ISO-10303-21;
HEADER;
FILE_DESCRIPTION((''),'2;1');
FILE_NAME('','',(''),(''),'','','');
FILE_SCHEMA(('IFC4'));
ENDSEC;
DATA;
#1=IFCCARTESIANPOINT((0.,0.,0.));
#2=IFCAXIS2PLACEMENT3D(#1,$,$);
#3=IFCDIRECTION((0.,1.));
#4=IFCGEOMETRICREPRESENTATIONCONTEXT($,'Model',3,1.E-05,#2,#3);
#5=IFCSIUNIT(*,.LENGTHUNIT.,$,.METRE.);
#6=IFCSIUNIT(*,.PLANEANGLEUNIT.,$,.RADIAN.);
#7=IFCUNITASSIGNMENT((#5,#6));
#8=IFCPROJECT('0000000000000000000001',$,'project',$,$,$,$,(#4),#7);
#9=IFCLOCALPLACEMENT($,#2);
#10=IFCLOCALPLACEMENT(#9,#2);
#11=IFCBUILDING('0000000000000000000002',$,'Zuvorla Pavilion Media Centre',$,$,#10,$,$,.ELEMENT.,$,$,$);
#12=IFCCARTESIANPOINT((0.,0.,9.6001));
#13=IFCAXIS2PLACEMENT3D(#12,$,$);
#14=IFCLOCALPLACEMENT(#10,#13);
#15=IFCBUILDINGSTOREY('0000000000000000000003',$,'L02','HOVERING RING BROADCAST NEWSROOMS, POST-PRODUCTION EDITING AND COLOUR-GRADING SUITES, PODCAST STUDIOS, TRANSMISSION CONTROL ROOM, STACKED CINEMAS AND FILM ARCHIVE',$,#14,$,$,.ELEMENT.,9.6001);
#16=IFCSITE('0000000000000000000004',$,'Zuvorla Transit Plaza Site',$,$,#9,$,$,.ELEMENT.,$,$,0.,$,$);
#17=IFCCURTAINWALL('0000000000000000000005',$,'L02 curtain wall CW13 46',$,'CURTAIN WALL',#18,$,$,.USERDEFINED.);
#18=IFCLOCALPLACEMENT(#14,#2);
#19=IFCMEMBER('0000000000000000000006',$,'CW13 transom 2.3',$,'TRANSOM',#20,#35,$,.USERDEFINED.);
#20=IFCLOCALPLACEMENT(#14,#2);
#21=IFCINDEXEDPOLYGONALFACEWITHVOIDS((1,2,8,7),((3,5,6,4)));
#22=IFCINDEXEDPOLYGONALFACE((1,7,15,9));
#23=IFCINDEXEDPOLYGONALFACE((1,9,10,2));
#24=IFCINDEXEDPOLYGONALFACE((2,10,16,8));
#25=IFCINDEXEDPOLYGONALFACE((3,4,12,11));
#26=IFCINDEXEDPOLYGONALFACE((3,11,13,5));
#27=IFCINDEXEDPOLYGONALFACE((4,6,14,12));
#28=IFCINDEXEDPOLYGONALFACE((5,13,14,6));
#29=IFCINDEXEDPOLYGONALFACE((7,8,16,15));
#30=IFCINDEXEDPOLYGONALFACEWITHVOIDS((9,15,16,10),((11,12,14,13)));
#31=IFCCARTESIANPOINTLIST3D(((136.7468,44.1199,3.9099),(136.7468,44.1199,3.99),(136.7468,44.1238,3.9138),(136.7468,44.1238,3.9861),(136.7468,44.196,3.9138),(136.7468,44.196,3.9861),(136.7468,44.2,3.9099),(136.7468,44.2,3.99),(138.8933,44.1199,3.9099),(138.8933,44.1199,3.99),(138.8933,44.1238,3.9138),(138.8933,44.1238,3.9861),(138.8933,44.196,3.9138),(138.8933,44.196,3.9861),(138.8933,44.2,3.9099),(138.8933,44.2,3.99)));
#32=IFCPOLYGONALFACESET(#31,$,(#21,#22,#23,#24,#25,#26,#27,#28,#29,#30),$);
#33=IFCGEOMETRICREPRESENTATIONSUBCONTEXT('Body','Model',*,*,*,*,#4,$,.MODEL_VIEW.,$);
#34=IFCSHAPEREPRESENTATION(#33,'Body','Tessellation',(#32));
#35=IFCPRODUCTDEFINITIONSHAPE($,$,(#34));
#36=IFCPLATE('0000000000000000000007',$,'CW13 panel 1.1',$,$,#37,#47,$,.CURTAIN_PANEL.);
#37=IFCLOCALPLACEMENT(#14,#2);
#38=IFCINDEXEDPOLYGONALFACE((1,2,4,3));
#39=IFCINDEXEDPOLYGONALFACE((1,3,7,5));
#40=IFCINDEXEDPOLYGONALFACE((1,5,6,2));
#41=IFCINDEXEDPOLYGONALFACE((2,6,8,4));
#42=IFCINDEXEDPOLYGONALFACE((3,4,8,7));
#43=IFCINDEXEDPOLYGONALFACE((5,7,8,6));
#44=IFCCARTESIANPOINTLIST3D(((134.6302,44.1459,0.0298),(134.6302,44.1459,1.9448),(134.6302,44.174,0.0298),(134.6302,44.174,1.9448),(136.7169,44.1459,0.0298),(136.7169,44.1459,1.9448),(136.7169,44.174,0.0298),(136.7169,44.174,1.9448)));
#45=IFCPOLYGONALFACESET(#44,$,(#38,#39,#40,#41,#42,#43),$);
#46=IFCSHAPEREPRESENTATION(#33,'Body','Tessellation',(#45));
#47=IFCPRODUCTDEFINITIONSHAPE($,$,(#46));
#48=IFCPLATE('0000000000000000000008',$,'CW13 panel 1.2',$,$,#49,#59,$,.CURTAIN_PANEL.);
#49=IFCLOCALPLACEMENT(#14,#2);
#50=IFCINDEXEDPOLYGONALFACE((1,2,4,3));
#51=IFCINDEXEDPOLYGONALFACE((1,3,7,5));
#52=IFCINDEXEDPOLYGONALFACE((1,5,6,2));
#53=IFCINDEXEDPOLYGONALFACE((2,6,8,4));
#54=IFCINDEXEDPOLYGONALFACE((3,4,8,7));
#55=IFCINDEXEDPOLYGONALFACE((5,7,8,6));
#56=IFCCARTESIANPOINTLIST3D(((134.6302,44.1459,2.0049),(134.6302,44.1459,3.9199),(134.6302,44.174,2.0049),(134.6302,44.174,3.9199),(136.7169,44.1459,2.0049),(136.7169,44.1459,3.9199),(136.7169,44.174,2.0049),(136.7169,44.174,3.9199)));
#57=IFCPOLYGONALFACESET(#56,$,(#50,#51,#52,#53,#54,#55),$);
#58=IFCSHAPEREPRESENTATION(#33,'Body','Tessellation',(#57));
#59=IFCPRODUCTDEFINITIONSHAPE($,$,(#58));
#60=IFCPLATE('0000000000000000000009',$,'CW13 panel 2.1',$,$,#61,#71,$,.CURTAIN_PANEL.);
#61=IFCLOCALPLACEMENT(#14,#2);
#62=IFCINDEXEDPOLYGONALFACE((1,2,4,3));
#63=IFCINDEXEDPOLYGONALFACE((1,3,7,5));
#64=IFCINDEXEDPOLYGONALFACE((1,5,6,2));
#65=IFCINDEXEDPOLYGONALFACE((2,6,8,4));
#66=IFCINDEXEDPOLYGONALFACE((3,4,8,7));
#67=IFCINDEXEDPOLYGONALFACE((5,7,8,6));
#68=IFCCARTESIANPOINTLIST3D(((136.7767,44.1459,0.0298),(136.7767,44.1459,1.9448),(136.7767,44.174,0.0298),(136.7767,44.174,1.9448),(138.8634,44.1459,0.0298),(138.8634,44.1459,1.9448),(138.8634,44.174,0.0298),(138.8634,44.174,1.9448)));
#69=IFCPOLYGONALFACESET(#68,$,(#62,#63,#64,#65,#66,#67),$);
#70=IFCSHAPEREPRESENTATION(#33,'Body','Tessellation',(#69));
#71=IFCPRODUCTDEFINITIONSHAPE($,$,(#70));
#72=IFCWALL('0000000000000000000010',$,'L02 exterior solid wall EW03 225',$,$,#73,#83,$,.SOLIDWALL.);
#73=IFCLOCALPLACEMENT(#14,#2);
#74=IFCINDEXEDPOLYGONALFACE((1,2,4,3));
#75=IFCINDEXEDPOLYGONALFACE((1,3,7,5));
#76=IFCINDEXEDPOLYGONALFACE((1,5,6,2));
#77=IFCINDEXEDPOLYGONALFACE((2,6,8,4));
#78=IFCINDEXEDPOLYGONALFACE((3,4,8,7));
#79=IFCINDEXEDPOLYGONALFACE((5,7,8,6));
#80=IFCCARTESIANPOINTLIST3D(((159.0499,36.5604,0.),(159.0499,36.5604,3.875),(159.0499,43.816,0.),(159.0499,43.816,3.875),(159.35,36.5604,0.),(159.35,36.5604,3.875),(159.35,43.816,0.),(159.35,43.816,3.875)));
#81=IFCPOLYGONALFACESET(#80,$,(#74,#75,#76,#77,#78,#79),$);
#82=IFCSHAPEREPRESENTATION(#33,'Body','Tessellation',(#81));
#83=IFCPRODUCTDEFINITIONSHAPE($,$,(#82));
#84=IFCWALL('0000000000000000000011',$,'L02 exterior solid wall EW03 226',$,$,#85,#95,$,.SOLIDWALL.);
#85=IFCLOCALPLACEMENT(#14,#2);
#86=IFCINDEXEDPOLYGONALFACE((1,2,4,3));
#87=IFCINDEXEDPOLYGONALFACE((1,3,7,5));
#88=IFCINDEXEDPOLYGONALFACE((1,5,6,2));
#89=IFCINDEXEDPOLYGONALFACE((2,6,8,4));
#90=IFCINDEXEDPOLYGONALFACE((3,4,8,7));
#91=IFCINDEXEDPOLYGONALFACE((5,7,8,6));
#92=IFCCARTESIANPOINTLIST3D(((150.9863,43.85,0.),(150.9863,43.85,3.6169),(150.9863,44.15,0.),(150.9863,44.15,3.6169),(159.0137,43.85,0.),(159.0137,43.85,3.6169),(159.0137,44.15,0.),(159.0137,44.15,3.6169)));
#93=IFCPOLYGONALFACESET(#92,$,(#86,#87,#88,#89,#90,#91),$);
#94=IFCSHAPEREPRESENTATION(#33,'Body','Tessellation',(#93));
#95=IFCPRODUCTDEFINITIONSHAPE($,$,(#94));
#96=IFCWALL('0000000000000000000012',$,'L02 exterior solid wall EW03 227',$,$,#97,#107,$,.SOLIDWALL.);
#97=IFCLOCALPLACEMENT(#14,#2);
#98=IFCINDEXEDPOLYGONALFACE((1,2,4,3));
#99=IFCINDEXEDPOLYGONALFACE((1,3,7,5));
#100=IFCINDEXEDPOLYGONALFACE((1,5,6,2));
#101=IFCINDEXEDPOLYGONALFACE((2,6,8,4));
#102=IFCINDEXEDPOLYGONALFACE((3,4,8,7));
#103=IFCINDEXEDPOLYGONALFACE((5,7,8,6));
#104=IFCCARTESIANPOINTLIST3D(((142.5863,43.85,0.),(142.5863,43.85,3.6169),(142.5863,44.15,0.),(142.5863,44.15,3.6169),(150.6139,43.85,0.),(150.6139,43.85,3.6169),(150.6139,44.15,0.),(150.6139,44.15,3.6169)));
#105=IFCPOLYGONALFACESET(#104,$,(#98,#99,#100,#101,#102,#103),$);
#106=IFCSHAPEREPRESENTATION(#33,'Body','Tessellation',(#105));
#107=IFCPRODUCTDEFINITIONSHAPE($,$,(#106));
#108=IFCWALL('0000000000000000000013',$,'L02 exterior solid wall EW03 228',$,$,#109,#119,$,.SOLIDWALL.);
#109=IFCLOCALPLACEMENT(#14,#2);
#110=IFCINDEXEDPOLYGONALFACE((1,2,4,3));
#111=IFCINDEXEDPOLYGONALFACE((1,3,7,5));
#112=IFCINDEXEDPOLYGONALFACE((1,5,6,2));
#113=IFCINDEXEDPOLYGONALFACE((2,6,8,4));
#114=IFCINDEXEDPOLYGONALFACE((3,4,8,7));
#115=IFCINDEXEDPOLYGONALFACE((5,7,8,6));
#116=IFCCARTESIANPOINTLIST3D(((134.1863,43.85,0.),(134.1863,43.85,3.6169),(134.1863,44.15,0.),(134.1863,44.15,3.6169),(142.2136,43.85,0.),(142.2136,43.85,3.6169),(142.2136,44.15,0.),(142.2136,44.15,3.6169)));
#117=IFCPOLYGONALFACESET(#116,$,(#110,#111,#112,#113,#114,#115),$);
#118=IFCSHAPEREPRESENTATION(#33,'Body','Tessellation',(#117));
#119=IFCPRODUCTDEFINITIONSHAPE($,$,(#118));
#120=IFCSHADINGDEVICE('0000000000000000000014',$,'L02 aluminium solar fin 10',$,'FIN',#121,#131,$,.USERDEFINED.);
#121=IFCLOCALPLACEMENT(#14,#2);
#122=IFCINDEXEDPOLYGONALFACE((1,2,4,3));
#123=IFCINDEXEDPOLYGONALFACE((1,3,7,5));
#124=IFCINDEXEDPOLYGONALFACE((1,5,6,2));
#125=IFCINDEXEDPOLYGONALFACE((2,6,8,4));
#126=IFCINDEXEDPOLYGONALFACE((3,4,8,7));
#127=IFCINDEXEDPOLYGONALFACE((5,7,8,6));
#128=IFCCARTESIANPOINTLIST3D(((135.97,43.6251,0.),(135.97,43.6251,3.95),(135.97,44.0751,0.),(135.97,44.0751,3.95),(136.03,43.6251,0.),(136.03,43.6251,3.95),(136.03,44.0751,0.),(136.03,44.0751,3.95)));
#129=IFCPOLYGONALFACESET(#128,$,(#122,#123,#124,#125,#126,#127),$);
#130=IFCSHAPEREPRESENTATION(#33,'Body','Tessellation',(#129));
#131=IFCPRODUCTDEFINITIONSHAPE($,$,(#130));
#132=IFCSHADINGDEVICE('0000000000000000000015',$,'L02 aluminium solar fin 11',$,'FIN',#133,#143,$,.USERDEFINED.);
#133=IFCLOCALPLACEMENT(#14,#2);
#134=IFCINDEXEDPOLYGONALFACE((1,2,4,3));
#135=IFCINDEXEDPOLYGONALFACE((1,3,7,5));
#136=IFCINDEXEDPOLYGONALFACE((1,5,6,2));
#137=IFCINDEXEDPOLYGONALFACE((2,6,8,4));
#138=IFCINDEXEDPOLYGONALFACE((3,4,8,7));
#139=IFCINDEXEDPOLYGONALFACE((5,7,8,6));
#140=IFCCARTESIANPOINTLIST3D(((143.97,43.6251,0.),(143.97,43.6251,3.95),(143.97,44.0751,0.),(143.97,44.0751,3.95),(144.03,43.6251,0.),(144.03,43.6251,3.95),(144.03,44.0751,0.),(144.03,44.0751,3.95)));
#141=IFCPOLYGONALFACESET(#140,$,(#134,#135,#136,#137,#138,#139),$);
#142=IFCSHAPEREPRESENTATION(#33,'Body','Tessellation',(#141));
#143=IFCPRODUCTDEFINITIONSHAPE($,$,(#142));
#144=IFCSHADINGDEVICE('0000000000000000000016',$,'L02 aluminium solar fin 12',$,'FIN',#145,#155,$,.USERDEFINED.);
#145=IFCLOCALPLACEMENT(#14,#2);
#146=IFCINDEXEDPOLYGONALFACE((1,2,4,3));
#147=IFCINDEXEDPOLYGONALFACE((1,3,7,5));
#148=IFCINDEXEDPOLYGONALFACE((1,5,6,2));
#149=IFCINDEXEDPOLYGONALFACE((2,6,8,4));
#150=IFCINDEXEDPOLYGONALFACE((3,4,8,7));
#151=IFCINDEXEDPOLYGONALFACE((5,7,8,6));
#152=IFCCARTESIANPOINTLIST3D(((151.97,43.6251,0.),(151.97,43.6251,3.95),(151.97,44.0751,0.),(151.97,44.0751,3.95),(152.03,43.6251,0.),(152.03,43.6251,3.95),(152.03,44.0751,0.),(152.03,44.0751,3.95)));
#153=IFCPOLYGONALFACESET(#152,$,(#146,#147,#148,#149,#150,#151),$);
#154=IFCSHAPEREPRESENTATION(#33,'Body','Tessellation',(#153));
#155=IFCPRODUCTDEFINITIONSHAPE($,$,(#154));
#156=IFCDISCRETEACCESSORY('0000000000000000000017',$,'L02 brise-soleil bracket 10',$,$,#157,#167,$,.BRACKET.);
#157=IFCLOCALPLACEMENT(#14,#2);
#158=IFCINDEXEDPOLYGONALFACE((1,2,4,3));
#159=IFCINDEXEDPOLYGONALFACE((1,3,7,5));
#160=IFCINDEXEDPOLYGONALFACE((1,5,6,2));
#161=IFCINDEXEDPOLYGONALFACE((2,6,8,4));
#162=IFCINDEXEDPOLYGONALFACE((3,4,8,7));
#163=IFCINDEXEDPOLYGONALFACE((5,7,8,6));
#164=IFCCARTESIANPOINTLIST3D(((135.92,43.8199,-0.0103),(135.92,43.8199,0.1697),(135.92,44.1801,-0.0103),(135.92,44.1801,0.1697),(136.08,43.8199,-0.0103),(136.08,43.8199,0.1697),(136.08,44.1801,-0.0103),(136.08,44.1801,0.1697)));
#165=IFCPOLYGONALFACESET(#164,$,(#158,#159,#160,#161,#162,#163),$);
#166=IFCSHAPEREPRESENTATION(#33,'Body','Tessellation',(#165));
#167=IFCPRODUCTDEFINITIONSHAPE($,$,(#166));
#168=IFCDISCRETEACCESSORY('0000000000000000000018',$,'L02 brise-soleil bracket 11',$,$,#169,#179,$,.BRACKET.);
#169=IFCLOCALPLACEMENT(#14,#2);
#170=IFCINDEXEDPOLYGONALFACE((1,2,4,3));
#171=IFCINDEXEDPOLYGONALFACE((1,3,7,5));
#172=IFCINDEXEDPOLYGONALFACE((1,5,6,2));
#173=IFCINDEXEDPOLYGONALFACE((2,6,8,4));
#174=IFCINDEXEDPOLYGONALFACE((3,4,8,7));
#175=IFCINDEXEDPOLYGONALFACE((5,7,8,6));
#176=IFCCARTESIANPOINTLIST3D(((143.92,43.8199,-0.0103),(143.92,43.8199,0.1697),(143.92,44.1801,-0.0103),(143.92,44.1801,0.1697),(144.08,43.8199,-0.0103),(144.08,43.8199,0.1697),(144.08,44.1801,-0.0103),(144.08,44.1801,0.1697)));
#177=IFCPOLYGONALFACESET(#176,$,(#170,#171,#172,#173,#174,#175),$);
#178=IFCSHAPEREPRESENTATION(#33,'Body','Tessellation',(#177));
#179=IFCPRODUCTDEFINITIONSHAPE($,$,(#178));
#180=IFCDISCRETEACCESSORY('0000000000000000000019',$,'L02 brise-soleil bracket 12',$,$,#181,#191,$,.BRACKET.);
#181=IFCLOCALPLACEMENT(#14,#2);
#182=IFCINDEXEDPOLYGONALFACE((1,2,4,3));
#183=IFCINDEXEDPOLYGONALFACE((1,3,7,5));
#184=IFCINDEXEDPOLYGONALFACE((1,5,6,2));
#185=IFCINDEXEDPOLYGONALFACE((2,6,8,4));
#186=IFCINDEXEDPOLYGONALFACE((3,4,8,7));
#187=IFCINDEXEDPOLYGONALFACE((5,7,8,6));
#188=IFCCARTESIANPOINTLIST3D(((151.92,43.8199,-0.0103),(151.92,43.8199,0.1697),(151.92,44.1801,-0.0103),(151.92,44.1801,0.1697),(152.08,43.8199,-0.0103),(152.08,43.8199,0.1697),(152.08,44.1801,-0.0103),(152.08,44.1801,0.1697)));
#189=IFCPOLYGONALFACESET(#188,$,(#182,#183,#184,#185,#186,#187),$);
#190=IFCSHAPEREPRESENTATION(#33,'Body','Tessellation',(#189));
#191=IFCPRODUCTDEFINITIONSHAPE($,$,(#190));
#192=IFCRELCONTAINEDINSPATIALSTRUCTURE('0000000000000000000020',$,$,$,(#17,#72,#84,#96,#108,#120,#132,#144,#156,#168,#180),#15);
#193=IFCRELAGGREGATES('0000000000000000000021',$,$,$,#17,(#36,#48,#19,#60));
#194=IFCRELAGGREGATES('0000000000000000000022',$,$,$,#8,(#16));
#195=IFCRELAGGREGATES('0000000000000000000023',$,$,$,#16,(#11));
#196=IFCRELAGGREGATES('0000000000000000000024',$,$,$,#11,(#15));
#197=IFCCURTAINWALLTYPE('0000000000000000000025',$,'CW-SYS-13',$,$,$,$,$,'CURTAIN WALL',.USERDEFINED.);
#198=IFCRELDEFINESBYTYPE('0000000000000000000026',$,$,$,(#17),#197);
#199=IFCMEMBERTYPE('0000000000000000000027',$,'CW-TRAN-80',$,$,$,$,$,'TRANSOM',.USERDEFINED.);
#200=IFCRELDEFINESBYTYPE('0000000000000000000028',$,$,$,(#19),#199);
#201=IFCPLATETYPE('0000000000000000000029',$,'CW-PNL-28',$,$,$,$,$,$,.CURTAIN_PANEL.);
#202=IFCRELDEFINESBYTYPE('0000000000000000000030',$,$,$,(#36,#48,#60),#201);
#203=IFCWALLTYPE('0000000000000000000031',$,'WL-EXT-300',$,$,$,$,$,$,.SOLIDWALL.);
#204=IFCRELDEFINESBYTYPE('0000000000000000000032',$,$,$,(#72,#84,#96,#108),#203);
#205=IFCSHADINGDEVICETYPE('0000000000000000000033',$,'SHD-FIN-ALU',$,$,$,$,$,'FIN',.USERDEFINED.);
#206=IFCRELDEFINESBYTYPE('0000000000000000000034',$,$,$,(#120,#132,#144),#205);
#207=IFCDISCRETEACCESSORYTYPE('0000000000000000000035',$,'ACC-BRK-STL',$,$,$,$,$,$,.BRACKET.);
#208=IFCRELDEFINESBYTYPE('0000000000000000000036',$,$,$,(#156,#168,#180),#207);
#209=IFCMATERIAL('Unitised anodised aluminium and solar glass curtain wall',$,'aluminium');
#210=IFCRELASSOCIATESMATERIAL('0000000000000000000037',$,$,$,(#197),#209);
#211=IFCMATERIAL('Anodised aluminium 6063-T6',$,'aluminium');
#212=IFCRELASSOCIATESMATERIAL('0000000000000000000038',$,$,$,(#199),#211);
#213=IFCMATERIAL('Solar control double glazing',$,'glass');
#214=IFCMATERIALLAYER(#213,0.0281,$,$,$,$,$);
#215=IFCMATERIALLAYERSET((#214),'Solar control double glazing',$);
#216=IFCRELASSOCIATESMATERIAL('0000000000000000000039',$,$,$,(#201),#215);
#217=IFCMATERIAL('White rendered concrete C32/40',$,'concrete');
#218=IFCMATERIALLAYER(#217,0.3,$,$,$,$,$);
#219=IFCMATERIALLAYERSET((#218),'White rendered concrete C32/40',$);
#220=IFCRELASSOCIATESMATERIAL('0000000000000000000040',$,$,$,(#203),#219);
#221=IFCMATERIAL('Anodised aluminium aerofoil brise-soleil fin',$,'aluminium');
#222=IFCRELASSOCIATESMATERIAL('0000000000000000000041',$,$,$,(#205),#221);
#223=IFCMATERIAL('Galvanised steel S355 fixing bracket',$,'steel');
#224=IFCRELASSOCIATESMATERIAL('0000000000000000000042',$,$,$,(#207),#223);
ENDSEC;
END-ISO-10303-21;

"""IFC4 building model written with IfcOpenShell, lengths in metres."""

from ifc_helpers import new_model, si_unit, direction, frame, frame_2d, origin, origin_2d, place, context, subcontext, project, spatial, rectangle, hollow_rectangle, extrude, material, layer, layer_set, material_profile, profile_set, type_object, element, aggregate, save


model = new_model("IFC4")

# Units and contexts
model_context = context("Model", 3, precision=1e-05, world=origin(), true_north=direction((0.0, 1.0)))
body_context = subcontext(model_context, "Body", "Model", "MODEL_VIEW")
ifc_project = project(units=[si_unit("LENGTHUNIT", "METRE"), si_unit("PLANEANGLEUNIT", "RADIAN")], contexts=[model_context])

# Site, building, storey
site_placement = place(None, origin())
site = spatial("IfcSite", under=ifc_project, at=site_placement, Name="Zuvorla Transit Plaza Site", CompositionType="ELEMENT", RefElevation=0.0)
building_placement = place(site_placement, origin())
building = spatial("IfcBuilding", under=site, at=building_placement, Name="Zuvorla Pavilion Media Centre", CompositionType="ELEMENT")
storey_placement = place(building_placement, frame((0.0, 0.0, 9.6001)))
storey = spatial("IfcBuildingStorey", under=building, at=storey_placement, Name="L02", Description="HOVERING RING BROADCAST NEWSROOMS, POST-PRODUCTION EDITING AND COLOUR-GRADING SUITES, PODCAST STUDIOS, TRANSMISSION CONTROL ROOM, STACKED CINEMAS AND FILM ARCHIVE", CompositionType="ELEMENT", Elevation=9.6001)

# Curtain wall, member, plates
ifc_material_1 = material(Name="Unitised anodised aluminium and solar glass curtain wall", Category="aluminium")
curtain_wall_type = type_object("IfcCurtainWallType", Name="CW-SYS-13", ElementType="CURTAIN WALL", PredefinedType="USERDEFINED", material=ifc_material_1)
curtain_wall_placement = place(storey_placement, origin())
curtain_wall = element("IfcCurtainWall", 1, at=curtain_wall_placement, inside=storey, type_object=curtain_wall_type, Name="L02 curtain wall CW13 46", ObjectType="CURTAIN WALL", PredefinedType="USERDEFINED")
ifc_material_2 = material(Name="Anodised aluminium 6063-T6", Category="aluminium")
ifc_material_profile_1 = material_profile(ifc_material_2, hollow_rectangle(XDim=0.0801, YDim=0.0801, WallThickness=0.0039, at=origin_2d()), Name="ALU TRAN 80x80")
ifc_profile_set_1 = profile_set([ifc_material_profile_1], Name="Anodised aluminium 6063-T6")
member_type_1 = type_object("IfcMemberType", Name="CW-TRAN-80", ElementType="TRANSOM", PredefinedType="USERDEFINED", material=ifc_profile_set_1)
member_1_placement = place(storey_placement, frame((136.7468, 44.1599, 3.95), z_axis=(1.0, 0.0, 0.0), x_axis=(0.0, 1.0, 0.0)))
member_1 = element("IfcMember", 2, at=member_1_placement, type_object=member_type_1, Name="CW13 transom 2.3", ObjectType="TRANSOM", PredefinedType="USERDEFINED", context=body_context, shape_type="SweptSolid", body=[
    extrude(hollow_rectangle(XDim=0.0801, YDim=0.0801, WallThickness=0.0039, at=origin_2d()), origin(), (0.0, 0.0, 1.0), 2.1465),
])
ifc_material_3 = material(Name="Solar control double glazing", Category="glass")
ifc_layer_1 = layer(ifc_material_3, 0.0281)
ifc_layer_set_1 = layer_set([ifc_layer_1], Name="Solar control double glazing")
plate_type = type_object("IfcPlateType", Name="CW-PNL-28", PredefinedType="CURTAIN_PANEL", material=ifc_layer_set_1)
plate_1_placement = place(storey_placement, frame((135.6736, 44.1599, 0.0298), z_axis=(0.0, 0.0, 1.0), x_axis=(1.0, 0.0, 0.0)))
plate_1 = element("IfcPlate", 3, at=plate_1_placement, type_object=plate_type, Name="CW13 panel 1.1", PredefinedType="CURTAIN_PANEL", context=body_context, shape_type="SweptSolid", body=[
    extrude(rectangle(XDim=2.0867, YDim=0.0281, at=origin_2d()), origin(), (0.0, 0.0, 1.0), 1.915),
])
plate_2_placement = place(storey_placement, frame((135.6736, 44.1599, 2.0049), z_axis=(0.0, 0.0, 1.0), x_axis=(1.0, 0.0, 0.0)))
plate_2 = element("IfcPlate", 4, at=plate_2_placement, type_object=plate_type, Name="CW13 panel 1.2", PredefinedType="CURTAIN_PANEL", context=body_context, shape_type="SweptSolid", body=[
    extrude(rectangle(XDim=2.0867, YDim=0.0281, at=origin_2d()), origin(), (0.0, 0.0, 1.0), 1.915),
])
plate_3_placement = place(storey_placement, frame((137.8201, 44.1599, 0.0298), z_axis=(0.0, 0.0, 1.0), x_axis=(1.0, 0.0, 0.0)))
plate_3 = element("IfcPlate", 5, at=plate_3_placement, type_object=plate_type, Name="CW13 panel 2.1", PredefinedType="CURTAIN_PANEL", context=body_context, shape_type="SweptSolid", body=[
    extrude(rectangle(XDim=2.0867, YDim=0.0281, at=origin_2d()), origin(), (0.0, 0.0, 1.0), 1.915),
])
aggregate(curtain_wall, [plate_1, plate_2, member_1, plate_3])

# Walls
ifc_material_4 = material(Name="White rendered concrete C32/40", Category="concrete")
ifc_layer_2 = layer(ifc_material_4, 0.3)
ifc_layer_set_2 = layer_set([ifc_layer_2], Name="White rendered concrete C32/40")
wall_type = type_object("IfcWallType", Name="WL-EXT-300", PredefinedType="SOLIDWALL", material=ifc_layer_set_2)
wall_1_placement = place(storey_placement, frame((159.2, 36.5603, 0.0), z_axis=(0.0, 0.0, 1.0), x_axis=(0.0, 1.0, 0.0)))
element("IfcWall", 6, at=wall_1_placement, inside=storey, type_object=wall_type, Name="L02 exterior solid wall EW03 225", PredefinedType="SOLIDWALL", context=body_context, shape_type="SweptSolid", body=[
    extrude(rectangle(XDim=7.2556, YDim=0.3, at=frame_2d((3.6279, 0.0))), origin(), (0.0, 0.0, 1.0), 3.875),
])
wall_2_placement = place(storey_placement, frame((159.0137, 44.0, 0.0), z_axis=(0.0, 0.0, 1.0), x_axis=(-1.0, 0.0, 0.0)))
element("IfcWall", 7, at=wall_2_placement, inside=storey, type_object=wall_type, Name="L02 exterior solid wall EW03 226", PredefinedType="SOLIDWALL", context=body_context, shape_type="SweptSolid", body=[
    extrude(rectangle(XDim=8.0273, YDim=0.3, at=frame_2d((4.0137, 0.0))), origin(), (0.0, 0.0, 1.0), 3.6169),
])
wall_3_placement = place(storey_placement, frame((150.6138, 44.0, 0.0), z_axis=(0.0, 0.0, 1.0), x_axis=(-1.0, 0.0, 0.0)))
element("IfcWall", 8, at=wall_3_placement, inside=storey, type_object=wall_type, Name="L02 exterior solid wall EW03 227", PredefinedType="SOLIDWALL", context=body_context, shape_type="SweptSolid", body=[
    extrude(rectangle(XDim=8.0276, YDim=0.3, at=frame_2d((4.0137, 0.0))), origin(), (0.0, 0.0, 1.0), 3.6169),
])
wall_4_placement = place(storey_placement, frame((142.2136, 44.0, 0.0), z_axis=(0.0, 0.0, 1.0), x_axis=(-1.0, 0.0, 0.0)))
element("IfcWall", 9, at=wall_4_placement, inside=storey, type_object=wall_type, Name="L02 exterior solid wall EW03 228", PredefinedType="SOLIDWALL", context=body_context, shape_type="SweptSolid", body=[
    extrude(rectangle(XDim=8.0273, YDim=0.3, at=frame_2d((4.0137, 0.0))), origin(), (0.0, 0.0, 1.0), 3.6169),
])

# Shading devices
ifc_material_5 = material(Name="Anodised aluminium aerofoil brise-soleil fin", Category="aluminium")
shading_device_type = type_object("IfcShadingDeviceType", Name="SHD-FIN-ALU", ElementType="FIN", PredefinedType="USERDEFINED", material=ifc_material_5)
for number, where, z_axis, x_axis, name in (
    (10, (136.0, 43.8501, 0.0), (0.0, 0.0, 1.0), (1.0, 0.0, 0.0), "L02 aluminium solar fin 10"),
    (11, (144.0, 43.8501, 0.0), (0.0, 0.0, 1.0), (1.0, 0.0, 0.0), "L02 aluminium solar fin 11"),
    (12, (152.0, 43.8501, 0.0), (0.0, 0.0, 1.0), (1.0, 0.0, 0.0), "L02 aluminium solar fin 12"),
):
    element("IfcShadingDevice", number, at=place(storey_placement, frame(where, z_axis=z_axis, x_axis=x_axis)), inside=storey, type_object=shading_device_type, Name=name, ObjectType="FIN", PredefinedType="USERDEFINED", context=body_context, shape_type="SweptSolid", body=[
        extrude(rectangle(XDim=0.0601, YDim=0.45, at=origin_2d()), origin(), (0.0, 0.0, 1.0), 3.95),
    ])

# Discrete accessories
ifc_material_6 = material(Name="Galvanised steel S355 fixing bracket", Category="steel")
discrete_accessory_type = type_object("IfcDiscreteAccessoryType", Name="ACC-BRK-STL", PredefinedType="BRACKET", material=ifc_material_6)
for number, where, z_axis, x_axis, name in (
    (13, (136.0, 44.0, -0.0103), (0.0, 0.0, 1.0), (1.0, 0.0, 0.0), "L02 brise-soleil bracket 10"),
    (14, (144.0, 44.0, -0.0103), (0.0, 0.0, 1.0), (1.0, 0.0, 0.0), "L02 brise-soleil bracket 11"),
    (15, (152.0, 44.0, -0.0103), (0.0, 0.0, 1.0), (1.0, 0.0, 0.0), "L02 brise-soleil bracket 12"),
):
    element("IfcDiscreteAccessory", number, at=place(storey_placement, frame(where, z_axis=z_axis, x_axis=x_axis)), inside=storey, type_object=discrete_accessory_type, Name=name, PredefinedType="BRACKET", context=body_context, shape_type="SweptSolid", body=[
        extrude(rectangle(XDim=0.1599, YDim=0.3601, at=origin_2d()), origin(), (0.0, 0.0, 1.0), 0.1799),
    ])

save(model, "model.ifc")
